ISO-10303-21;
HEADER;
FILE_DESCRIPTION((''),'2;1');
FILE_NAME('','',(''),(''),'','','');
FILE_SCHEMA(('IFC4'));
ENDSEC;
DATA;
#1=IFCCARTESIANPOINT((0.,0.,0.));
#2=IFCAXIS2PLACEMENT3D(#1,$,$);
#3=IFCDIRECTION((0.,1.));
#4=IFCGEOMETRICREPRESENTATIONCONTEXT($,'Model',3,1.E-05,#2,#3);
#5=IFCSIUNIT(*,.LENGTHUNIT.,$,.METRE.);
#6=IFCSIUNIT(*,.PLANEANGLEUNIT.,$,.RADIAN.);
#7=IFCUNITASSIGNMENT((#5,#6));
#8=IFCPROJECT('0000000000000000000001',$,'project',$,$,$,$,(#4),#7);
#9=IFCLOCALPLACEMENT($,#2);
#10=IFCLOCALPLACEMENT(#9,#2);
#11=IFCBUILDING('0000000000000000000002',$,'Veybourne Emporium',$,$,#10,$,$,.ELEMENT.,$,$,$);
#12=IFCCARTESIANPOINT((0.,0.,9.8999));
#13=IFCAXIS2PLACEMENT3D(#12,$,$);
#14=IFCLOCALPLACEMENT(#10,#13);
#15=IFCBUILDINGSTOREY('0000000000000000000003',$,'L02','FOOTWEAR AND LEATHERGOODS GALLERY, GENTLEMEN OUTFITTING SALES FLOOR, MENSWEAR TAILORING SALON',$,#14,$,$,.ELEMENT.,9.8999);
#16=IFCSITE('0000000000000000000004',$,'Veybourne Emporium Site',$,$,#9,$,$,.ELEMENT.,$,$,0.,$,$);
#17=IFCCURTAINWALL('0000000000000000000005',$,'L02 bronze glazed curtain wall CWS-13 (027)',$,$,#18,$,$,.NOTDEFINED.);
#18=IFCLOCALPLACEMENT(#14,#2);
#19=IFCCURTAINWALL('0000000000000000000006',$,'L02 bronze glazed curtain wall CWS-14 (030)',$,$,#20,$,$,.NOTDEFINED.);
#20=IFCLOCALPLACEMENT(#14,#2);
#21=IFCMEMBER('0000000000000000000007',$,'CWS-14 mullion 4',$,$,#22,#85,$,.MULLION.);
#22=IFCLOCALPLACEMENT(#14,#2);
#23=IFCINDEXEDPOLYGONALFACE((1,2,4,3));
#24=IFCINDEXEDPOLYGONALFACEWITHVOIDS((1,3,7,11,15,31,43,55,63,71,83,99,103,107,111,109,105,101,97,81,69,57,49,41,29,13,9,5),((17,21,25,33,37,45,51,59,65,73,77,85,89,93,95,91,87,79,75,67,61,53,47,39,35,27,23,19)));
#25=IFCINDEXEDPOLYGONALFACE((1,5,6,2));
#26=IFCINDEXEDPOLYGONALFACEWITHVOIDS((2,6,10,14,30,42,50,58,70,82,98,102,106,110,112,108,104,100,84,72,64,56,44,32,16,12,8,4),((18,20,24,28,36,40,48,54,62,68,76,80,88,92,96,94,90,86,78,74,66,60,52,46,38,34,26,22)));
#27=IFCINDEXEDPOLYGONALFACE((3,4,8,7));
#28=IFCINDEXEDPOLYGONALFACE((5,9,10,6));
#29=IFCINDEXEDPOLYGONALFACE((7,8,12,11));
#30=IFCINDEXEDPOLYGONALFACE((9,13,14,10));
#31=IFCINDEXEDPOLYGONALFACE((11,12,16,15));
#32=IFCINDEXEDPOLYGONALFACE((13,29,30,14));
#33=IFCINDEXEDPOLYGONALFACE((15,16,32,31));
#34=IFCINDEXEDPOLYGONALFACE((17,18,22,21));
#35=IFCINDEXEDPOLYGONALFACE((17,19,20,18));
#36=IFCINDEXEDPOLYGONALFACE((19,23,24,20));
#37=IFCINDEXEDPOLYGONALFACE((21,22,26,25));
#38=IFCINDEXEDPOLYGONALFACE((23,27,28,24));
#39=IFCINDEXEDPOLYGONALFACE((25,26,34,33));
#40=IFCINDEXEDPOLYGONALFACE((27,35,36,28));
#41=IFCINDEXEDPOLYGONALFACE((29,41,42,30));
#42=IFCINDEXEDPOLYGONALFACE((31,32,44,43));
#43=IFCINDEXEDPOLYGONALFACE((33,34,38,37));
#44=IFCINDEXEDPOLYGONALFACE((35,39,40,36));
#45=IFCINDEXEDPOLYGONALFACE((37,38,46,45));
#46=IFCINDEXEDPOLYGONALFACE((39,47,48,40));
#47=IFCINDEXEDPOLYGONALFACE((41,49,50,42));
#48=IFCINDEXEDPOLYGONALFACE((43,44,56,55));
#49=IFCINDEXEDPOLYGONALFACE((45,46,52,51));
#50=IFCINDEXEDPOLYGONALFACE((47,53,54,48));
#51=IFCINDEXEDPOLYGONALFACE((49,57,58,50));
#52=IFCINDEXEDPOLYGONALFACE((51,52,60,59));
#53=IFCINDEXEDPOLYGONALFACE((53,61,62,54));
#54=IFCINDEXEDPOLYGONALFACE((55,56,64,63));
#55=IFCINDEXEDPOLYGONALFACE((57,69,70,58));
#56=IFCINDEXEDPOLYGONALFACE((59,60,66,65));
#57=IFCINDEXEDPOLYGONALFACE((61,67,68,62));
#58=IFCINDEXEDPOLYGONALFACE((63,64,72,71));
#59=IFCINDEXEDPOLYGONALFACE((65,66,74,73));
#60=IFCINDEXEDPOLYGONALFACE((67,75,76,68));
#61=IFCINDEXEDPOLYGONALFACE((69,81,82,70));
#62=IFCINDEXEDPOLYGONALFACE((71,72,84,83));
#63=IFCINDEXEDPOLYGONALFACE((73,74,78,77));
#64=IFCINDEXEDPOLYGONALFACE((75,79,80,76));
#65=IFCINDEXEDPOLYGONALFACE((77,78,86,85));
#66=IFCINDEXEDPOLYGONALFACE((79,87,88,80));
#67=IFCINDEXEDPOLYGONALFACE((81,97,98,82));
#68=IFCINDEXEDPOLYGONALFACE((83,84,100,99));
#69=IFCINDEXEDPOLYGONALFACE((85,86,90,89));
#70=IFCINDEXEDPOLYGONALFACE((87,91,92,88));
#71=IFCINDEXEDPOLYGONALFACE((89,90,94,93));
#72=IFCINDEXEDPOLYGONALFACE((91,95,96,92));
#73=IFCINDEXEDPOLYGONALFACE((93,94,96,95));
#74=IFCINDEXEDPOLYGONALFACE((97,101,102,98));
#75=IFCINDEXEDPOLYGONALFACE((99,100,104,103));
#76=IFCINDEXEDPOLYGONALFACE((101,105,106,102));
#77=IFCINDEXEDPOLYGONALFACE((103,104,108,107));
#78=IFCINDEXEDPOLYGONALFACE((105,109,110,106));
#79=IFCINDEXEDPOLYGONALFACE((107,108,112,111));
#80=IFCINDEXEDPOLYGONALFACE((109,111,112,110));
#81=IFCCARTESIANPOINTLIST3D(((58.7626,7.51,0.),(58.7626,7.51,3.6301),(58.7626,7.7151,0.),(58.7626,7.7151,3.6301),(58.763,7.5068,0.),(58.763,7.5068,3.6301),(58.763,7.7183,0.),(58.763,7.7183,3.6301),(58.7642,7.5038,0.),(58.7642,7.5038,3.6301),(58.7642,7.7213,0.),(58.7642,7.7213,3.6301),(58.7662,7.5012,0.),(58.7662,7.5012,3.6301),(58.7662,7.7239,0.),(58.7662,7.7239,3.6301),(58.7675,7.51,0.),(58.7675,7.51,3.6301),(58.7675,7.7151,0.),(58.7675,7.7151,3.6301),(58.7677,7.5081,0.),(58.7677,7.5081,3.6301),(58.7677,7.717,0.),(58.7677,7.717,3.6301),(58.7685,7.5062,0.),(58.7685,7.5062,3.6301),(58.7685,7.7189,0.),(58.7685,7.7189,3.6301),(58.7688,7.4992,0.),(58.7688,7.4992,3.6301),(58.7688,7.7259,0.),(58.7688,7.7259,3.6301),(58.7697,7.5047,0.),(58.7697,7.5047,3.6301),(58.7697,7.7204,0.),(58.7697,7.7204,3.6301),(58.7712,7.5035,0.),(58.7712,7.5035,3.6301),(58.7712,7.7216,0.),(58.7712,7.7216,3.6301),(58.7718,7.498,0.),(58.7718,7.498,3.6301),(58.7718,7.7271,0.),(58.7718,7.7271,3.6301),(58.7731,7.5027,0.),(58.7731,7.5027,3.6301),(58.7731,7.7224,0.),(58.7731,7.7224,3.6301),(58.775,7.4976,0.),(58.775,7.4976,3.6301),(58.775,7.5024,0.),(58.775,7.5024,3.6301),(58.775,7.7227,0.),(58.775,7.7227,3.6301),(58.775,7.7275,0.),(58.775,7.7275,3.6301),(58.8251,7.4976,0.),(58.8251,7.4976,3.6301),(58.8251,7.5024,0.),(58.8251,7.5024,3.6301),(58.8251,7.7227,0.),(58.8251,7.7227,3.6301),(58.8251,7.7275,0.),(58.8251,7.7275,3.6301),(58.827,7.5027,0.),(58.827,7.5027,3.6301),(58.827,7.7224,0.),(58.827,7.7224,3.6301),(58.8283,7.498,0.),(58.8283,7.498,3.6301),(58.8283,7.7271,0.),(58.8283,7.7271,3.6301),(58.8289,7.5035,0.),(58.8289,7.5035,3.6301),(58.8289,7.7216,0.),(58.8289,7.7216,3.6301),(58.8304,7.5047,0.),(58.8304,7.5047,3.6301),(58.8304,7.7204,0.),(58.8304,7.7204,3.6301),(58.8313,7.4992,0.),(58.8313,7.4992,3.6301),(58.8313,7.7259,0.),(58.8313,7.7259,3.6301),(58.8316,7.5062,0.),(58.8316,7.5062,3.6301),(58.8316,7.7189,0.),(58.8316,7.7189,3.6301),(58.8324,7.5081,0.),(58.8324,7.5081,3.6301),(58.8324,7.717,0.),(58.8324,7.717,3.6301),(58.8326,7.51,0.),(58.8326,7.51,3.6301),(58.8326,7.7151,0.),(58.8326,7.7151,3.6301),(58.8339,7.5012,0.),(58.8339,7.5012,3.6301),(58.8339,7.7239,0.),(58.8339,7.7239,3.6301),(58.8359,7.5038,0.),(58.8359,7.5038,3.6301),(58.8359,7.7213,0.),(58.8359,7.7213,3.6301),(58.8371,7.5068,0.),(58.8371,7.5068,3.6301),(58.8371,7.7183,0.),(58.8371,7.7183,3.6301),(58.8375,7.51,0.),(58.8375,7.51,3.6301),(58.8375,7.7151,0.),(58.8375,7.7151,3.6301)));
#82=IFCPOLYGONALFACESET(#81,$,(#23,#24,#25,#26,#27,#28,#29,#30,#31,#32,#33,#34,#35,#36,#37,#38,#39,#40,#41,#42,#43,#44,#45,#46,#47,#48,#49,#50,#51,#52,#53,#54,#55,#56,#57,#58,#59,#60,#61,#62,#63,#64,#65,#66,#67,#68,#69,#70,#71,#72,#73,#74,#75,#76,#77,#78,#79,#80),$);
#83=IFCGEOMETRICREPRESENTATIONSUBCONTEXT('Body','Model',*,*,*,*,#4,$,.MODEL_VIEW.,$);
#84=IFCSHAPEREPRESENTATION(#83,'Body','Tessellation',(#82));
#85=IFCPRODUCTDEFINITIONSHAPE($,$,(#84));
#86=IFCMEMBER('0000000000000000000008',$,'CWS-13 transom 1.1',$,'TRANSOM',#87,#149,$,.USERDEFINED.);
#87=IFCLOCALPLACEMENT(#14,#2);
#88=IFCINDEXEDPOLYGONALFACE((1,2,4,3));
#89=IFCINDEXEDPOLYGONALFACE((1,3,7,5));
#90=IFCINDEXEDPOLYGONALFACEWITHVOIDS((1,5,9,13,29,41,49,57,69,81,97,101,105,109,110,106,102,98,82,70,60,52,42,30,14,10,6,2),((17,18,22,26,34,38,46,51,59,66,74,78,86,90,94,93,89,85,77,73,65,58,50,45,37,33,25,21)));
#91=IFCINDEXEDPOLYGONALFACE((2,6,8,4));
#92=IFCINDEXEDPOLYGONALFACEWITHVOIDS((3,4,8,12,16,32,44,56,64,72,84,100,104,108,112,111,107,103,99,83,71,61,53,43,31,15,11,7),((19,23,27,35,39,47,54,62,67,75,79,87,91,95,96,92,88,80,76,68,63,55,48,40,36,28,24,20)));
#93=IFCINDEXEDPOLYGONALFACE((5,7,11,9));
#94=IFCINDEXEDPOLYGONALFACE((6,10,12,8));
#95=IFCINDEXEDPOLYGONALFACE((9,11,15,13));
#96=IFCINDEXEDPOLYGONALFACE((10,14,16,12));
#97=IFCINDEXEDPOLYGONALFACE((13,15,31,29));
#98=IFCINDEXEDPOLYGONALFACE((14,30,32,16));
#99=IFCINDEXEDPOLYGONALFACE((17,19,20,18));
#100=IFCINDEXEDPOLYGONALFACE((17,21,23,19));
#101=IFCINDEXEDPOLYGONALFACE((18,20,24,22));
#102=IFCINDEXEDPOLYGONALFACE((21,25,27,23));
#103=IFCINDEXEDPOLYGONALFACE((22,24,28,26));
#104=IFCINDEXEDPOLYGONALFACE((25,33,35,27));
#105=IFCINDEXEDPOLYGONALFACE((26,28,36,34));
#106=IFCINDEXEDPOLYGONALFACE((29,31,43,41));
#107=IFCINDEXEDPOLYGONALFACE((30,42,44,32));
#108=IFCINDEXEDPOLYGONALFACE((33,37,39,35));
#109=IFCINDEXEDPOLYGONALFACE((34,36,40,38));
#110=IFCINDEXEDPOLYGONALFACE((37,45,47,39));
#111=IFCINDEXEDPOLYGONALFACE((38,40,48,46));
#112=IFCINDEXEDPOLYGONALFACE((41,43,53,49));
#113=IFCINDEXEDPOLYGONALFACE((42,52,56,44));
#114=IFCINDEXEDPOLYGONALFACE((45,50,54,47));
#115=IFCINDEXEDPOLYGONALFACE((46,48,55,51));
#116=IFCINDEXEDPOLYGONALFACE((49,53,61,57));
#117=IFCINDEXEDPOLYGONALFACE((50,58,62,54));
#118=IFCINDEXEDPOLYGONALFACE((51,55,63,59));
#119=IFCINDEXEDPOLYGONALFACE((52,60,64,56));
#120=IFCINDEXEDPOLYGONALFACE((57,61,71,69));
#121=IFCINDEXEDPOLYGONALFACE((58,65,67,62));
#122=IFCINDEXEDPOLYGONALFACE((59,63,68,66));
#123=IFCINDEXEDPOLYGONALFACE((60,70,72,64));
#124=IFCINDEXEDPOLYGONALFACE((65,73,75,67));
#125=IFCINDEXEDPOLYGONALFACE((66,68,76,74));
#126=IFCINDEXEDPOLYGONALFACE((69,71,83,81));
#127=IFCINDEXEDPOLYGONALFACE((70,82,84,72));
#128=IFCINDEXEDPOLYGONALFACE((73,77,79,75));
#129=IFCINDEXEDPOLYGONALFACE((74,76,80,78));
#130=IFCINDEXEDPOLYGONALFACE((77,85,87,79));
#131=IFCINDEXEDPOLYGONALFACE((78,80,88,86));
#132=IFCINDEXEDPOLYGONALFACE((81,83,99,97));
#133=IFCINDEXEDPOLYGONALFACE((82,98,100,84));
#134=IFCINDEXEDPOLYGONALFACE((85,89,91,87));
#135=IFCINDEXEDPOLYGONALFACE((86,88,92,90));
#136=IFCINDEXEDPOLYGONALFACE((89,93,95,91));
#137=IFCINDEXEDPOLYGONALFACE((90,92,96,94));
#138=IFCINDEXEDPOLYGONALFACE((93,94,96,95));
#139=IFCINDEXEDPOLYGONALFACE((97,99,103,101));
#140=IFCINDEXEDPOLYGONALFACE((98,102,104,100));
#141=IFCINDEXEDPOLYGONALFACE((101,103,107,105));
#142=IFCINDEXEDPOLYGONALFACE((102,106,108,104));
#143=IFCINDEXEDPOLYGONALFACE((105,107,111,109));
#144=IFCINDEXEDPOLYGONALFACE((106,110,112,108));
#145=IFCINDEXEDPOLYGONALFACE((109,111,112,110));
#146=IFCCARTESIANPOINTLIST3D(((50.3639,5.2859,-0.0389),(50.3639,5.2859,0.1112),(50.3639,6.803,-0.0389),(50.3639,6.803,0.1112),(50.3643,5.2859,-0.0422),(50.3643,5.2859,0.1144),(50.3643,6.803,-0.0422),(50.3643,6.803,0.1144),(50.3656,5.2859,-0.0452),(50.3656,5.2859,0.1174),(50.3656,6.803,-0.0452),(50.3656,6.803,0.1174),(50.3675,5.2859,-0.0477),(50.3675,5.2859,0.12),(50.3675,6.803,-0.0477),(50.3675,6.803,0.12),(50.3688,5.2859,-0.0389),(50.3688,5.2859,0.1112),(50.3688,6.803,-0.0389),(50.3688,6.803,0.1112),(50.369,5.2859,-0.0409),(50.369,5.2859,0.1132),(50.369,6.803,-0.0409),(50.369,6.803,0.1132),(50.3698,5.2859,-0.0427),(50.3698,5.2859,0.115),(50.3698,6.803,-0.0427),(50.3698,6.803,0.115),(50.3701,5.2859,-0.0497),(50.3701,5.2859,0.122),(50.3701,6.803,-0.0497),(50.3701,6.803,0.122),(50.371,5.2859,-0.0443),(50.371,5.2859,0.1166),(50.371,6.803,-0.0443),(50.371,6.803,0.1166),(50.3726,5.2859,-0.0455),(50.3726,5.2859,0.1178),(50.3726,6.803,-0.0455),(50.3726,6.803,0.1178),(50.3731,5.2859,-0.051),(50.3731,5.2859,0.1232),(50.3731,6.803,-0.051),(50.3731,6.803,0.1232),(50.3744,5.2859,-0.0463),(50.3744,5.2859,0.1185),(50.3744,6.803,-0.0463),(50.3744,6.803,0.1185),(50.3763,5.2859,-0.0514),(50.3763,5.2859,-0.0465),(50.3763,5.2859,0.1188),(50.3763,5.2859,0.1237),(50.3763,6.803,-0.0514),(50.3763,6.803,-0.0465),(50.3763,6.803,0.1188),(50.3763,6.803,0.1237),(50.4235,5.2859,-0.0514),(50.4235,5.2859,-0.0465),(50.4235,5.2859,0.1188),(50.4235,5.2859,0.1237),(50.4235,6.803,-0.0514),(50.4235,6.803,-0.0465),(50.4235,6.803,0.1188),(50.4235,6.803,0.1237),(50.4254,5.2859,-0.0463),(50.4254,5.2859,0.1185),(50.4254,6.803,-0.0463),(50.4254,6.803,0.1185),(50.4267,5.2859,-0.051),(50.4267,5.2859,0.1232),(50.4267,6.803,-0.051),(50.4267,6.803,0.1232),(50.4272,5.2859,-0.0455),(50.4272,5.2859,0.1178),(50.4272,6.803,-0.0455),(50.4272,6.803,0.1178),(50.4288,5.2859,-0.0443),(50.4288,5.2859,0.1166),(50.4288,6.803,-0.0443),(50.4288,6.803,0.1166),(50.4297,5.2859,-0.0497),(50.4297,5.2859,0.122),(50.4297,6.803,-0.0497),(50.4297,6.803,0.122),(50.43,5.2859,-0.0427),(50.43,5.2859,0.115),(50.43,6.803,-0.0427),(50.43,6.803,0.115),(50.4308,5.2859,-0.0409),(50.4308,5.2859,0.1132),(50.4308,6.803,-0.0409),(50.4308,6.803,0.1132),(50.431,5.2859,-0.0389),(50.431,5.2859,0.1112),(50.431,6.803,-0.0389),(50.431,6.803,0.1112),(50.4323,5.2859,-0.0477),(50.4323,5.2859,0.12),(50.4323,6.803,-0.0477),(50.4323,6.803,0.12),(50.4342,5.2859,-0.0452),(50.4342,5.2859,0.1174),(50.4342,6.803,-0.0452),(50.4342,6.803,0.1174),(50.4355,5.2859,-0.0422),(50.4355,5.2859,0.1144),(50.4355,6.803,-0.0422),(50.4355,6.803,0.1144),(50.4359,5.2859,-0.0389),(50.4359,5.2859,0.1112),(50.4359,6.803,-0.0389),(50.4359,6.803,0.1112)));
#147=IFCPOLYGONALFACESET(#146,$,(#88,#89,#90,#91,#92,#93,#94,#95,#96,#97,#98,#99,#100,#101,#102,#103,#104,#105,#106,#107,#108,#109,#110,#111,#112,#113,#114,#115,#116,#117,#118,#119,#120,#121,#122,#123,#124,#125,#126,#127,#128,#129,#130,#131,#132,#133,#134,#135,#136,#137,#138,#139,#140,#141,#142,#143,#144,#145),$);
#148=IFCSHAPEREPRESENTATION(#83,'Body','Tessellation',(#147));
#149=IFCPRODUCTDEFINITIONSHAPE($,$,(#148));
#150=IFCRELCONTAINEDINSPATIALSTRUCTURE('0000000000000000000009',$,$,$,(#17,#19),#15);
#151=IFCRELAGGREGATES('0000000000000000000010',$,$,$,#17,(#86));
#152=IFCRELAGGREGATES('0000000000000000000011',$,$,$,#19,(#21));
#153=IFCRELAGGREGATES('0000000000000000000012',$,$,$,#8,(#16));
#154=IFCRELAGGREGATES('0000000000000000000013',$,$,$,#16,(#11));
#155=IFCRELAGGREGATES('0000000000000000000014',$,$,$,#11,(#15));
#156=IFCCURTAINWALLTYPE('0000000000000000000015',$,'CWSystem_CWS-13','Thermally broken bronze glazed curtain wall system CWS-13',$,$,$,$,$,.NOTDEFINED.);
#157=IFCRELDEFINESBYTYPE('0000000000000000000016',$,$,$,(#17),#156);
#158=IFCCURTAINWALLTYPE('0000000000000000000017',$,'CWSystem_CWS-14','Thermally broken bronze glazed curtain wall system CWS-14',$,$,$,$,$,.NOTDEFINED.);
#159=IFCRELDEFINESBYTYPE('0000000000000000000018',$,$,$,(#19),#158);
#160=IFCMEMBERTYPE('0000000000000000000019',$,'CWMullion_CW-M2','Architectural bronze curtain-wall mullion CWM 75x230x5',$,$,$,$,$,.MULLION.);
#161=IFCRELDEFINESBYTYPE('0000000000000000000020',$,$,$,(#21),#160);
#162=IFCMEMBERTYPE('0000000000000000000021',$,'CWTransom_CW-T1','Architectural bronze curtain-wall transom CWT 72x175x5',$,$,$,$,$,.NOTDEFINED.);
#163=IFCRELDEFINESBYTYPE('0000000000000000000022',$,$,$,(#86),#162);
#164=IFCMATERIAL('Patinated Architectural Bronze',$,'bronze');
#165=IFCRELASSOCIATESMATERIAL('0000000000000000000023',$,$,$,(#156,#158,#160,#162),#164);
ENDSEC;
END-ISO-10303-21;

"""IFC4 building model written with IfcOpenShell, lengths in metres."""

from ifc_helpers import new_model, si_unit, direction, frame, origin, origin_2d, place, context, subcontext, project, spatial, hollow_rectangle, extrude, material, material_profile, profile_set, type_object, element, aggregate, save


model = new_model("IFC4")

# Units and contexts
model_context = context("Model", 3, precision=1e-05, world=origin(), true_north=direction((0.0, 1.0)))
body_context = subcontext(model_context, "Body", "Model", "MODEL_VIEW")
ifc_project = project(units=[si_unit("LENGTHUNIT", "METRE"), si_unit("PLANEANGLEUNIT", "RADIAN")], contexts=[model_context])

# Site, building, storey
site_placement = place(None, origin())
site = spatial("IfcSite", under=ifc_project, at=site_placement, Name="Veybourne Emporium Site", CompositionType="ELEMENT", RefElevation=0.0)
building_placement = place(site_placement, origin())
building = spatial("IfcBuilding", under=site, at=building_placement, Name="Veybourne Emporium", CompositionType="ELEMENT")
storey_placement = place(building_placement, frame((0.0, 0.0, 9.8999)))
storey = spatial("IfcBuildingStorey", under=building, at=storey_placement, Name="L02", Description="FOOTWEAR AND LEATHERGOODS GALLERY, GENTLEMEN OUTFITTING SALES FLOOR, MENSWEAR TAILORING SALON", CompositionType="ELEMENT", Elevation=9.8999)

# Curtain wall
ifc_material_1 = material(Name="Patinated Architectural Bronze", Category="bronze")
curtain_wall_type_1 = type_object("IfcCurtainWallType", Name="CWSystem_CWS-13", Description="Thermally broken bronze glazed curtain wall system CWS-13", PredefinedType="NOTDEFINED", material=ifc_material_1)
curtain_wall_1_placement = place(storey_placement, origin())
curtain_wall_1 = element("IfcCurtainWall", 1, at=curtain_wall_1_placement, inside=storey, type_object=curtain_wall_type_1, Name="L02 bronze glazed curtain wall CWS-13 (027)", PredefinedType="NOTDEFINED")

# Curtain wall, member
curtain_wall_type_2 = type_object("IfcCurtainWallType", Name="CWSystem_CWS-14", Description="Thermally broken bronze glazed curtain wall system CWS-14", PredefinedType="NOTDEFINED", material=ifc_material_1)
curtain_wall_2_placement = place(storey_placement, origin())
curtain_wall_2 = element("IfcCurtainWall", 2, at=curtain_wall_2_placement, inside=storey, type_object=curtain_wall_type_2, Name="L02 bronze glazed curtain wall CWS-14 (030)", PredefinedType="NOTDEFINED")
ifc_material_profile_1 = material_profile(ifc_material_1, hollow_rectangle(XDim=0.075, YDim=0.23, WallThickness=0.0049, InnerFilletRadius=0.0076, OuterFilletRadius=0.0125, at=origin_2d()), Name="CWM 75x230x5")
ifc_profile_set_1 = profile_set([ifc_material_profile_1], Name="Patinated Architectural Bronze")
member_type_1 = type_object("IfcMemberType", Name="CWMullion_CW-M2", Description="Architectural bronze curtain-wall mullion CWM 75x230x5", PredefinedType="MULLION", material=ifc_profile_set_1)
member_1_placement = place(storey_placement, frame((58.8, 7.6125, 0.0), z_axis=(0.0, 0.0, 1.0), x_axis=(1.0, 0.0, 0.0)))
member_1 = element("IfcMember", 3, at=member_1_placement, type_object=member_type_1, Name="CWS-14 mullion 4", PredefinedType="MULLION", context=body_context, shape_type="SweptSolid", body=[
    extrude(hollow_rectangle(XDim=0.075, YDim=0.23, WallThickness=0.0049, InnerFilletRadius=0.0076, OuterFilletRadius=0.0125, at=origin_2d()), origin(), (0.0, 0.0, 1.0), 3.6301),
])

# Member
ifc_material_profile_2 = material_profile(ifc_material_1, hollow_rectangle(XDim=0.072, YDim=0.175, WallThickness=0.0049, InnerFilletRadius=0.0076, OuterFilletRadius=0.0125, at=origin_2d()), Name="CWT 72x175x5")
ifc_profile_set_2 = profile_set([ifc_material_profile_2], Name="Patinated Architectural Bronze")
member_type_2 = type_object("IfcMemberType", Name="CWTransom_CW-T1", Description="Architectural bronze curtain-wall transom CWT 72x175x5", PredefinedType="NOTDEFINED", material=ifc_profile_set_2)
member_2_placement = place(storey_placement, frame((50.3999, 6.803, 0.0361), z_axis=(0.0, -1.0, 0.0), x_axis=(1.0, 0.0, 0.0)))
member_2 = element("IfcMember", 4, at=member_2_placement, type_object=member_type_2, Name="CWS-13 transom 1.1", ObjectType="TRANSOM", PredefinedType="USERDEFINED", context=body_context, shape_type="SweptSolid", body=[
    extrude(hollow_rectangle(XDim=0.072, YDim=0.175, WallThickness=0.0049, InnerFilletRadius=0.0076, OuterFilletRadius=0.0125, at=origin_2d()), origin(), (0.0, 0.0, 1.0), 1.5171),
])

aggregate(curtain_wall_1, [member_2])
aggregate(curtain_wall_2, [member_1])

save(model, "model.ifc")
